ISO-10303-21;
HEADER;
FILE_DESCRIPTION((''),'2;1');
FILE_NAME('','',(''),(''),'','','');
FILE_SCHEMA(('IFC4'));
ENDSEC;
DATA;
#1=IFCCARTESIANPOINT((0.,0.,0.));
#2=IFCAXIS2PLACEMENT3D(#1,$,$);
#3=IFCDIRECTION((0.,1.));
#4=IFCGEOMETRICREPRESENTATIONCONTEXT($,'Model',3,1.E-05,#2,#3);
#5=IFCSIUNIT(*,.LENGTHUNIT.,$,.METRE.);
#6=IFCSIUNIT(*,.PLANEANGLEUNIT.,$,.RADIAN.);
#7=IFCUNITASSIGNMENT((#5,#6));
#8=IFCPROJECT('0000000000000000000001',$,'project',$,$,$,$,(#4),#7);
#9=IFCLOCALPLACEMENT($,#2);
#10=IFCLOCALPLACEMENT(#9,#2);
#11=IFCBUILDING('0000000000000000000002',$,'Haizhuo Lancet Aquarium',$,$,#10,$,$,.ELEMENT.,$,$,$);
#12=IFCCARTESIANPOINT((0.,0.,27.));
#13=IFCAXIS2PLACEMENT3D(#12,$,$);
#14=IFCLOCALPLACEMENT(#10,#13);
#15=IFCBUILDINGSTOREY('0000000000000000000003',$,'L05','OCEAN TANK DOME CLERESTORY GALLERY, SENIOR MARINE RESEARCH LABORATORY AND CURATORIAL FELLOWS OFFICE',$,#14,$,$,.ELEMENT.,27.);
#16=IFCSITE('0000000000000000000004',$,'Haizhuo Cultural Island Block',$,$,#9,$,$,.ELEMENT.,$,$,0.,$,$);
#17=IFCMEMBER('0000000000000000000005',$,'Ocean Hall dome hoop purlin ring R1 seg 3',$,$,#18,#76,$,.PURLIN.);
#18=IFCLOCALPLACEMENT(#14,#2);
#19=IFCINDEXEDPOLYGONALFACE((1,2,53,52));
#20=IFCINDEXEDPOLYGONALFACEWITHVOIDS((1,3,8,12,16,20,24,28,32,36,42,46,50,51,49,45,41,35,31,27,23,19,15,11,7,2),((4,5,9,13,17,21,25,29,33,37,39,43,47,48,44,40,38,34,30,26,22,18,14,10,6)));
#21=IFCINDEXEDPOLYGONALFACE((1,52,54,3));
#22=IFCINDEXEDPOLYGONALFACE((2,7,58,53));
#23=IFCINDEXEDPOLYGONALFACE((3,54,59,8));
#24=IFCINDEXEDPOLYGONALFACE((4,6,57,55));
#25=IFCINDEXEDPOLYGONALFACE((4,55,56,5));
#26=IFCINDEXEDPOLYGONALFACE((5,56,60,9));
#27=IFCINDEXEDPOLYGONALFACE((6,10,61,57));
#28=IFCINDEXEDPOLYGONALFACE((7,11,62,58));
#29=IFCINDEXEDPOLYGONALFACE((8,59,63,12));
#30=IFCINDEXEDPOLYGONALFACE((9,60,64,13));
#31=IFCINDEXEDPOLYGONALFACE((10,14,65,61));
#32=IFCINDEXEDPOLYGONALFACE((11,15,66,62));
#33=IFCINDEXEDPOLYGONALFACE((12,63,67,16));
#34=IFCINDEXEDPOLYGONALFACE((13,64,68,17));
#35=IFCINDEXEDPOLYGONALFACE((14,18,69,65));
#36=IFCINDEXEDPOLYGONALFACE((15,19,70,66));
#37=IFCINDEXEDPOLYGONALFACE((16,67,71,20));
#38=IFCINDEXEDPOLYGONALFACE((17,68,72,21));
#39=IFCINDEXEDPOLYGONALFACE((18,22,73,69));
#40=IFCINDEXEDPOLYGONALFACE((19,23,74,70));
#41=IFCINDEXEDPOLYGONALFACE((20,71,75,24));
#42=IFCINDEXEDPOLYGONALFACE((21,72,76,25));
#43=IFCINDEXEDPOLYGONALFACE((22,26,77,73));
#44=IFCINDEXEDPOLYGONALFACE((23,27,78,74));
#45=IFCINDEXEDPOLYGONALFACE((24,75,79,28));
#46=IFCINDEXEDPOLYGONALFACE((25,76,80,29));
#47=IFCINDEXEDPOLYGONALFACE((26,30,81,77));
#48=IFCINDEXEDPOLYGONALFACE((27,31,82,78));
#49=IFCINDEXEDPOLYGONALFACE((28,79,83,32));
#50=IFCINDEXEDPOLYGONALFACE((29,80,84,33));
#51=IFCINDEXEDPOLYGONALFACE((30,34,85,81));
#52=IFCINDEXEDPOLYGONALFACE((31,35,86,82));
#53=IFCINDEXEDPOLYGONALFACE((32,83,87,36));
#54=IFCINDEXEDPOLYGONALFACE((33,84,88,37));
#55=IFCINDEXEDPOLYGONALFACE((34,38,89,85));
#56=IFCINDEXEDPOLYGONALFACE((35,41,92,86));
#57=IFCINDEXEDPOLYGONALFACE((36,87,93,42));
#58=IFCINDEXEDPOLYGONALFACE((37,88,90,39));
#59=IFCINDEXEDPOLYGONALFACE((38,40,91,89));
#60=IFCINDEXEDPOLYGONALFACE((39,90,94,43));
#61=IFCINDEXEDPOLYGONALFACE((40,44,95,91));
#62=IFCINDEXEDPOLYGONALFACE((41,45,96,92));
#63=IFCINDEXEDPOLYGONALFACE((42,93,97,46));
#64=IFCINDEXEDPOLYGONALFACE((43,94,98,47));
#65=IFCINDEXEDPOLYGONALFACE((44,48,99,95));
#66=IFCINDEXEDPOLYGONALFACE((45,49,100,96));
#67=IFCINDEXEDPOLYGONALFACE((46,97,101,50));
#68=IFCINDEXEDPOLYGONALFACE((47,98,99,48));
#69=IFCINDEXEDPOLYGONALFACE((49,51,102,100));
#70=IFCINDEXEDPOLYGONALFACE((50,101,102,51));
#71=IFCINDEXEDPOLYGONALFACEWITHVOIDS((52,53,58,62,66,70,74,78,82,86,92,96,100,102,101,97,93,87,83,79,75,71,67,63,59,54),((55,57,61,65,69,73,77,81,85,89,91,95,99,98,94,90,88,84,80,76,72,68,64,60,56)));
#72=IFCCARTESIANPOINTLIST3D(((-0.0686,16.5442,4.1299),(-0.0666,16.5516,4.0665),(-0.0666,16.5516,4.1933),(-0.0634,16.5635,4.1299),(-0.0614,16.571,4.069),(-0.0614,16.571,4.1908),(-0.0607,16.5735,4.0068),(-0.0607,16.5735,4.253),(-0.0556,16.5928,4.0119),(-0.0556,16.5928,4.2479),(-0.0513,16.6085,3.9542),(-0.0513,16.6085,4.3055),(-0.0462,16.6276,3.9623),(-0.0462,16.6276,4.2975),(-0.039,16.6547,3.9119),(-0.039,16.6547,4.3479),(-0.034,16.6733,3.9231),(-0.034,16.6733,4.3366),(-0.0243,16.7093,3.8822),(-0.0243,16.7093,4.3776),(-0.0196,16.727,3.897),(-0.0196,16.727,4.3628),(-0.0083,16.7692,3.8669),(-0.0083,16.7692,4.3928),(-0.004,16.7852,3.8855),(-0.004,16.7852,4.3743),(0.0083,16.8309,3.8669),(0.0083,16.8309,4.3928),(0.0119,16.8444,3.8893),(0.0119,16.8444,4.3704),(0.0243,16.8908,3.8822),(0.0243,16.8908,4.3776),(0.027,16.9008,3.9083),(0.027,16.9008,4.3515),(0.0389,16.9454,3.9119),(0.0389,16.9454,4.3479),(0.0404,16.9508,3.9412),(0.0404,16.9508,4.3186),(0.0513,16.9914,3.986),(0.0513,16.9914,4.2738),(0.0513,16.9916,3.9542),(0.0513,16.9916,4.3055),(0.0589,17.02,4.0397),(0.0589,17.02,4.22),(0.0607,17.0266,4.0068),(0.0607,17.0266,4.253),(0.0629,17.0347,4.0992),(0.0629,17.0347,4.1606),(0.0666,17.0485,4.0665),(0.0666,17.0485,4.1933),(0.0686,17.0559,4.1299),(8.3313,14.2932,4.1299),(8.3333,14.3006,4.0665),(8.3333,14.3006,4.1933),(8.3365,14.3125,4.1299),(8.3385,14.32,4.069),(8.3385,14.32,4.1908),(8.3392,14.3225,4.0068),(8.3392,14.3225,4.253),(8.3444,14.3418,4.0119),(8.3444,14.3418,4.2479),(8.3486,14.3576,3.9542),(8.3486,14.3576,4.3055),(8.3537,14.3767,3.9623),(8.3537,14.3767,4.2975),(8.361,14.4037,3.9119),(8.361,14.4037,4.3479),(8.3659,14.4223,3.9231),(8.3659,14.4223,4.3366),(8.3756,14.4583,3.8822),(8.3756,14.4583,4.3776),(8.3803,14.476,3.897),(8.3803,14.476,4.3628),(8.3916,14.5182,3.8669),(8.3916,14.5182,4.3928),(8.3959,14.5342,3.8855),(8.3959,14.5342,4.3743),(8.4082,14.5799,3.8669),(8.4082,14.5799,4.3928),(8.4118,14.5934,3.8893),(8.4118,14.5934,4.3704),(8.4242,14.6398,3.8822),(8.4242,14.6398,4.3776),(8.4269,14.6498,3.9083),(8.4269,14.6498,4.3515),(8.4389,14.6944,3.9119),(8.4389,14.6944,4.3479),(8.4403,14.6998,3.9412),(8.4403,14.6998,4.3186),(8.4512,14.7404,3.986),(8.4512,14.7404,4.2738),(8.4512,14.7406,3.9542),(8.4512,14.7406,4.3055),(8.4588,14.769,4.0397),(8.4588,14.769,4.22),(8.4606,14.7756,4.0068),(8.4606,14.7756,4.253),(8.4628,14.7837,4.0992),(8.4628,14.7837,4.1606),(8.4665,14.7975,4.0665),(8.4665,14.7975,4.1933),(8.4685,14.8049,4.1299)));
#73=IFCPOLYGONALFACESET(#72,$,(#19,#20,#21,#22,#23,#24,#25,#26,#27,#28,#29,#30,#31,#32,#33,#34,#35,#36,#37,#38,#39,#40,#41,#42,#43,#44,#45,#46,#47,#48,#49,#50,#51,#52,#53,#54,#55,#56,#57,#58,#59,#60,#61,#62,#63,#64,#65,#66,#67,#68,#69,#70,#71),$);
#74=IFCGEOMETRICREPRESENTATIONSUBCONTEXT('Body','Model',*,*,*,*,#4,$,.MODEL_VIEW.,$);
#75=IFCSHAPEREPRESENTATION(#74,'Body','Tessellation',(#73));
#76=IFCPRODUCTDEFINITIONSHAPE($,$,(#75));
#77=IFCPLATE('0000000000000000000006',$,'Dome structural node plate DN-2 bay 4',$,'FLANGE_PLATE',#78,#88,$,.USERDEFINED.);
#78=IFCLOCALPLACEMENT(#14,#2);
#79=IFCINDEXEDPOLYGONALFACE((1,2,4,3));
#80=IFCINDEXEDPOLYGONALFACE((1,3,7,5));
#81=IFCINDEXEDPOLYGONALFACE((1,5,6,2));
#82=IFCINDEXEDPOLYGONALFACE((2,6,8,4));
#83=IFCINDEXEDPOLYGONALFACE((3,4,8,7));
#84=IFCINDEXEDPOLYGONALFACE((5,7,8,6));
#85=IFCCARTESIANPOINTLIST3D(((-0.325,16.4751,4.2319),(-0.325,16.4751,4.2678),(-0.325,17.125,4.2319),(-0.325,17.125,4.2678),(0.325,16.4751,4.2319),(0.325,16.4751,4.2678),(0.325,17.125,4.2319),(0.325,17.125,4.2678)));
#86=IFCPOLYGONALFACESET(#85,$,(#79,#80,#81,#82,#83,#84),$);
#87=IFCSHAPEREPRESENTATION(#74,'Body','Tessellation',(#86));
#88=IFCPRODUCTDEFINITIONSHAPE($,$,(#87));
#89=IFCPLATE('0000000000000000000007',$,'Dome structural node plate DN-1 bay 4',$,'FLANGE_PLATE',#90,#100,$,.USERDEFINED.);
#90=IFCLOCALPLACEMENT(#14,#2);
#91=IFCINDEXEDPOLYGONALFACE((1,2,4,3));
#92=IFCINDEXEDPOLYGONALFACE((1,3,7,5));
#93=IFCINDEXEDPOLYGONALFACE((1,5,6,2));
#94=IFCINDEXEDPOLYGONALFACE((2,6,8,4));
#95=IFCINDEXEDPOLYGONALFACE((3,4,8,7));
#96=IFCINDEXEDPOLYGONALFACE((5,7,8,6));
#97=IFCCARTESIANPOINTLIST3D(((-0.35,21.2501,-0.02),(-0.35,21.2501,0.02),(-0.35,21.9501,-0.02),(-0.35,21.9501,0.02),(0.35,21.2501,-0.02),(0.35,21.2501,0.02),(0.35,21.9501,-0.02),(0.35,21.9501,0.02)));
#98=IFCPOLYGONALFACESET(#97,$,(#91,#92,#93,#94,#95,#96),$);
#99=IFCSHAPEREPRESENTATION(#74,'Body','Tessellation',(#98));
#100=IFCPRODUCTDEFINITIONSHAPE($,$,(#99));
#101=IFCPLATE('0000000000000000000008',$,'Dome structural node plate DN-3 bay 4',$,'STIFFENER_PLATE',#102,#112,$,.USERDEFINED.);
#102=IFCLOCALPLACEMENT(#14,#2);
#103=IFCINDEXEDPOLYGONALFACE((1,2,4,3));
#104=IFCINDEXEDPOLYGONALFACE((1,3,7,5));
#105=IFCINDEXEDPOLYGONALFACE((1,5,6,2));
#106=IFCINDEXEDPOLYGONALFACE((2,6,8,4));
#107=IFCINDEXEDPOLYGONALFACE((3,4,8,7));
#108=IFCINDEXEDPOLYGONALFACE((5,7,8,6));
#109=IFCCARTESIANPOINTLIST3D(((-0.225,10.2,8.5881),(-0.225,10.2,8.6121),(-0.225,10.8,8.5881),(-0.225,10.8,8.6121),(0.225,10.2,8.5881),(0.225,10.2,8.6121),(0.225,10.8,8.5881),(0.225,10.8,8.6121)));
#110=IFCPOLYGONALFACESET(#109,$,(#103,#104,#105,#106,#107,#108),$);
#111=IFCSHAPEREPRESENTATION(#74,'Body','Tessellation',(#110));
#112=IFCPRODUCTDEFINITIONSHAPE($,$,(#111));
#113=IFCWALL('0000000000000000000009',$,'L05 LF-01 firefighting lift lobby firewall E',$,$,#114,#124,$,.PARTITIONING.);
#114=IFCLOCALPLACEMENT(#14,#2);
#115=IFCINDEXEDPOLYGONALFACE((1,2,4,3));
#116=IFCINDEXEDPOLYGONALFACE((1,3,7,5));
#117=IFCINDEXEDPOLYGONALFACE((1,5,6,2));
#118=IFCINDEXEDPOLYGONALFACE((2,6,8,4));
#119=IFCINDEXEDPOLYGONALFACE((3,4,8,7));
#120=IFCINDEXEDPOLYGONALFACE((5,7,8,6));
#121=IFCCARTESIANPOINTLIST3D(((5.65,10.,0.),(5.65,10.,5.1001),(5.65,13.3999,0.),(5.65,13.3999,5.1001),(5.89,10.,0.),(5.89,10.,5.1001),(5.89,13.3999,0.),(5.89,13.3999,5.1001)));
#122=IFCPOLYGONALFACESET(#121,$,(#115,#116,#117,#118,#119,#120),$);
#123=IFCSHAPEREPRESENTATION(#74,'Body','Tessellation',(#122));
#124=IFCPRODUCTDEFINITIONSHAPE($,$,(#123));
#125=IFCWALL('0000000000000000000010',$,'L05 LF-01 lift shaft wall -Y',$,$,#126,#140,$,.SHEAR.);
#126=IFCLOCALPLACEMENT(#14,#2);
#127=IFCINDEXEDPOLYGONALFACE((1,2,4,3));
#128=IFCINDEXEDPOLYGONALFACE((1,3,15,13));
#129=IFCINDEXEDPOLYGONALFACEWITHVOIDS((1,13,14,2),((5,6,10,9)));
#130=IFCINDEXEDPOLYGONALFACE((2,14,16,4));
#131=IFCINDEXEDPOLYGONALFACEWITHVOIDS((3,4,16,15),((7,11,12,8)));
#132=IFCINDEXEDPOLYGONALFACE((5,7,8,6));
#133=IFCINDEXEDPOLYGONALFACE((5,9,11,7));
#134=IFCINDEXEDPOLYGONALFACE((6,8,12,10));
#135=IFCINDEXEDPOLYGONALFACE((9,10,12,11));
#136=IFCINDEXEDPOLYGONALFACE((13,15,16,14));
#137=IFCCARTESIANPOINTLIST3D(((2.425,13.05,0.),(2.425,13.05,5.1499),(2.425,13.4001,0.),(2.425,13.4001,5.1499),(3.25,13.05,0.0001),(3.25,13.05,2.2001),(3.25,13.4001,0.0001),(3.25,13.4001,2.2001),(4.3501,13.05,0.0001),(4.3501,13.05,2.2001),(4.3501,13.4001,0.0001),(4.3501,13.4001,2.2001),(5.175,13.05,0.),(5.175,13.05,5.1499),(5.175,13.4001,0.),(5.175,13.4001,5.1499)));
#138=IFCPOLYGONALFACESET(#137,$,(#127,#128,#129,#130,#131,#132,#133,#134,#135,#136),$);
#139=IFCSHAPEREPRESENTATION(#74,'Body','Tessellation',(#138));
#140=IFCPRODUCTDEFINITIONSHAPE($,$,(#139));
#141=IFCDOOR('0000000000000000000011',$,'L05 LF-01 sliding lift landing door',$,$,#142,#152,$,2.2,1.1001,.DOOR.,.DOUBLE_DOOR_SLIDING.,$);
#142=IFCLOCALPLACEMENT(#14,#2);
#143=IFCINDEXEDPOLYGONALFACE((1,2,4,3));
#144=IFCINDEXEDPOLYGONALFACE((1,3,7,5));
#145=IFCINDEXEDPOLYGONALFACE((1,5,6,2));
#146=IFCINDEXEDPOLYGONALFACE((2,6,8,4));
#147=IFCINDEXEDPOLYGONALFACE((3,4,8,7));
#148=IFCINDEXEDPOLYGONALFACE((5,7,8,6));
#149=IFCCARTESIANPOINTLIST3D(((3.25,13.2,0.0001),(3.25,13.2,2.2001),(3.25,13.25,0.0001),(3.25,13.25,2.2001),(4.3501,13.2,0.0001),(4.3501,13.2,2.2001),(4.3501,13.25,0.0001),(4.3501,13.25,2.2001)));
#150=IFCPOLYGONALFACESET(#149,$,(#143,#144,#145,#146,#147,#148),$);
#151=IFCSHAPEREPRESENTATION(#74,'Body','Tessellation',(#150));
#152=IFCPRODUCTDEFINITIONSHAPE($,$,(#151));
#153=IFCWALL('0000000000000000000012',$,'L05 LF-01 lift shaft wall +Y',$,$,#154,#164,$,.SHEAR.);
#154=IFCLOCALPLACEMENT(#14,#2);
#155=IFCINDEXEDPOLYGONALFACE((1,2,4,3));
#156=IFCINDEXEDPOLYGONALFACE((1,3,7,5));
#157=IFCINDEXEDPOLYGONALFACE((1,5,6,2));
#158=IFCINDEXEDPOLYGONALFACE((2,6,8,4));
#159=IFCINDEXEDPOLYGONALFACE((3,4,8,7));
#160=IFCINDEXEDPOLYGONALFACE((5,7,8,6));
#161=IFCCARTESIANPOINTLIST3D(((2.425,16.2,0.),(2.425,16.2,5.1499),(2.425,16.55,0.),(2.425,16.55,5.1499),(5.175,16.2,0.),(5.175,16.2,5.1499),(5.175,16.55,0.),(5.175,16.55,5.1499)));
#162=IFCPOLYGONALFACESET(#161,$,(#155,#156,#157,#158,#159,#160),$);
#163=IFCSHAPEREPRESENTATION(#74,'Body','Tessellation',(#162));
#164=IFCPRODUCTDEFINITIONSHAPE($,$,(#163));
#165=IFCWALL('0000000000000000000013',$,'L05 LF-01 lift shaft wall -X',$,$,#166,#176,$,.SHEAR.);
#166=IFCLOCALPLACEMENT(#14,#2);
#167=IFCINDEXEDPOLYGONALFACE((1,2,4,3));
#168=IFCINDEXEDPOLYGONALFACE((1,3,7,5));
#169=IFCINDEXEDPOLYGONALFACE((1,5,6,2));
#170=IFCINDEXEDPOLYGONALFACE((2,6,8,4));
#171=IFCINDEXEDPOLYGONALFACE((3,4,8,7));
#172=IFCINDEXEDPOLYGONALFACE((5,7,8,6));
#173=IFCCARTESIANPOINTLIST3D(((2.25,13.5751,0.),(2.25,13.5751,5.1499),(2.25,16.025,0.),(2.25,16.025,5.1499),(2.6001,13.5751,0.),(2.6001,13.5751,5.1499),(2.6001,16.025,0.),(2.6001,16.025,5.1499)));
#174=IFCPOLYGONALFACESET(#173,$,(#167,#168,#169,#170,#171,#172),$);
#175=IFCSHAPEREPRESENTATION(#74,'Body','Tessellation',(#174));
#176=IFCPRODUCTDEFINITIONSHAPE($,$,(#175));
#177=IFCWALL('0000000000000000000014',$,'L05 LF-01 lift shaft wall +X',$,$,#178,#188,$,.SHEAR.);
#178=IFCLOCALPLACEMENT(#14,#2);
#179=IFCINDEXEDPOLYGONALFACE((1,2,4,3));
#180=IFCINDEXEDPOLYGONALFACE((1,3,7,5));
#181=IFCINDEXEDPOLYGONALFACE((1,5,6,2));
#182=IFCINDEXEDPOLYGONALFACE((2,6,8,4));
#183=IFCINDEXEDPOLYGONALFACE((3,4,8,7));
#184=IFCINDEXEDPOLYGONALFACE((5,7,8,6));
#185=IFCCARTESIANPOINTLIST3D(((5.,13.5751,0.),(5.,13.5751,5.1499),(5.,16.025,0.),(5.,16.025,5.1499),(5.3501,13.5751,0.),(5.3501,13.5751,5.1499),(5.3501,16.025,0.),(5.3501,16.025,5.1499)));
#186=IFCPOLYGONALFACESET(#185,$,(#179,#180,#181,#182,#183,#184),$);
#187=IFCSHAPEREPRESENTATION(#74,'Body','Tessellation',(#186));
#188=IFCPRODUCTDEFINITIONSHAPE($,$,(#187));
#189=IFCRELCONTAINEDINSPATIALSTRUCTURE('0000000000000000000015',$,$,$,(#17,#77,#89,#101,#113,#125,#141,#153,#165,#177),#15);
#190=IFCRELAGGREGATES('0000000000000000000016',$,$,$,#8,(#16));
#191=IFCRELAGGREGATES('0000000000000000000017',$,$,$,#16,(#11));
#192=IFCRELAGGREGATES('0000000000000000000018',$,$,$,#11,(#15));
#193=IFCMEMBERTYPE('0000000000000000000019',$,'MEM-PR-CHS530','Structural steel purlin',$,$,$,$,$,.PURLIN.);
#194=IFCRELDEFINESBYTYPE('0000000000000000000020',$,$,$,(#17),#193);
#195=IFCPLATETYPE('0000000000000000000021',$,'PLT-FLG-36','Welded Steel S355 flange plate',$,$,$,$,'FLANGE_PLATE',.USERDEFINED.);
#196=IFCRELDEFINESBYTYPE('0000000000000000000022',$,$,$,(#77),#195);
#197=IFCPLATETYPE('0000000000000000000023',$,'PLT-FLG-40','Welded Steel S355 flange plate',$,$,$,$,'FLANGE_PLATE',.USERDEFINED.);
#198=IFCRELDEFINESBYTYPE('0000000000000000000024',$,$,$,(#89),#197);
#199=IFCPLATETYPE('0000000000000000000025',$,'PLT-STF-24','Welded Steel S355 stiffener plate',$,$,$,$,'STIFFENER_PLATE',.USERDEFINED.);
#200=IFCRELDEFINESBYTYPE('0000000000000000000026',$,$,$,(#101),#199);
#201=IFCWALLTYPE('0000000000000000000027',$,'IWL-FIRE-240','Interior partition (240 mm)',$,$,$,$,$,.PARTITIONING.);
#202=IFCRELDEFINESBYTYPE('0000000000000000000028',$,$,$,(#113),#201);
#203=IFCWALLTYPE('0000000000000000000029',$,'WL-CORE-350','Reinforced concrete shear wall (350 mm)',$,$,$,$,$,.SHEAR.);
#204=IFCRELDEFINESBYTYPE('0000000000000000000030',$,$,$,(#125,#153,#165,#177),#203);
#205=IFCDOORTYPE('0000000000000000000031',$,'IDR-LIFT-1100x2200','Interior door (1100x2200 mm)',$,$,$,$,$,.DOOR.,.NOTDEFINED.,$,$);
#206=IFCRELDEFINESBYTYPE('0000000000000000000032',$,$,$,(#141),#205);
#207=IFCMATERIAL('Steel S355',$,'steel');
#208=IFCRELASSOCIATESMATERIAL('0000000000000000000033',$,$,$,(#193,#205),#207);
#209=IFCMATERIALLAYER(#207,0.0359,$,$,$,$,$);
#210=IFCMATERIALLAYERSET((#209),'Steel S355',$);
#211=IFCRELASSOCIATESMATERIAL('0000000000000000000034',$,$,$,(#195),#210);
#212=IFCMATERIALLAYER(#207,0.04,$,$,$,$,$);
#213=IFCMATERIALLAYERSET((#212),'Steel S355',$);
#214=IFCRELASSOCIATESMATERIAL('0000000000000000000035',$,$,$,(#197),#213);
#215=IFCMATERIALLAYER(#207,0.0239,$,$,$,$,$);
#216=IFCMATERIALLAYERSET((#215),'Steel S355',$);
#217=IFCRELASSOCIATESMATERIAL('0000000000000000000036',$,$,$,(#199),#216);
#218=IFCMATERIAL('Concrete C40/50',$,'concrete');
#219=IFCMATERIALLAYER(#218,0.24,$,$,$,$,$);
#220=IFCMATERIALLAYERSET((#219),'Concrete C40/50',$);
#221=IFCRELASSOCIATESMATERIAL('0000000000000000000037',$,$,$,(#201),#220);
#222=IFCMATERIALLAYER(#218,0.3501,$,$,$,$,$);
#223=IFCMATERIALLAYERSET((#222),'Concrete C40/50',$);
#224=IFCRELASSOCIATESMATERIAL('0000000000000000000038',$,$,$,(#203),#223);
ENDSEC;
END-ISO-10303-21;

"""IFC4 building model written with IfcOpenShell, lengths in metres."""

from ifc_helpers import new_model, si_unit, direction, frame, frame_2d, origin, origin_2d, place, context, subcontext, project, spatial, rectangle, hollow_circle, extrude, material, layer, layer_set, material_profile, profile_set, type_object, element, fill, save


model = new_model("IFC4")

# Units and contexts
model_context = context("Model", 3, precision=1e-05, world=origin(), true_north=direction((0.0, 1.0)))
body_context = subcontext(model_context, "Body", "Model", "MODEL_VIEW")
ifc_project = project(units=[si_unit("LENGTHUNIT", "METRE"), si_unit("PLANEANGLEUNIT", "RADIAN")], contexts=[model_context])

# Site, building, storey
site_placement = place(None, origin())
site = spatial("IfcSite", under=ifc_project, at=site_placement, Name="Haizhuo Cultural Island Block", CompositionType="ELEMENT", RefElevation=0.0)
building_placement = place(site_placement, origin())
building = spatial("IfcBuilding", under=site, at=building_placement, Name="Haizhuo Lancet Aquarium", CompositionType="ELEMENT")
storey_placement = place(building_placement, frame((0.0, 0.0, 27.0)))
storey = spatial("IfcBuildingStorey", under=building, at=storey_placement, Name="L05", Description="OCEAN TANK DOME CLERESTORY GALLERY, SENIOR MARINE RESEARCH LABORATORY AND CURATORIAL FELLOWS OFFICE", CompositionType="ELEMENT", Elevation=27.0)

# Member
ifc_material_1 = material(Name="Steel S355", Category="steel")
ifc_material_profile_1 = material_profile(ifc_material_1, hollow_circle(Radius=0.2649, WallThickness=0.02, at=origin_2d()), Name="CHS 530x20")
ifc_profile_set_1 = profile_set([ifc_material_profile_1], Name="Steel S355")
member_type_1 = type_object("IfcMemberType", Name="MEM-PR-CHS530", Description="Structural steel purlin", PredefinedType="PURLIN", material=ifc_profile_set_1)
member_1_placement = place(storey_placement, frame((8.3999, 14.5491, 4.1299), z_axis=(-0.965919, 0.258844, 0.0), x_axis=(-0.258844, -0.965919, 0.0)))
element("IfcMember", 1, at=member_1_placement, inside=storey, type_object=member_type_1, Name="Ocean Hall dome hoop purlin ring R1 seg 3", PredefinedType="PURLIN", context=body_context, shape_type="SweptSolid", body=[
    extrude(hollow_circle(Radius=0.2649, WallThickness=0.02, at=origin_2d()), origin(), (0.0, 0.0, 1.0), 8.6963),
])

# Plates
ifc_layer_1 = layer(ifc_material_1, 0.0359)
ifc_layer_set_1 = layer_set([ifc_layer_1], Name="Steel S355")
plate_type_1 = type_object("IfcPlateType", Name="PLT-FLG-36", Description="Welded Steel S355 flange plate", ElementType="FLANGE_PLATE", PredefinedType="USERDEFINED", material=ifc_layer_set_1)
plate_1_placement = place(storey_placement, frame((0.0, 16.8, 4.2319), z_axis=(0.0, 0.0, 1.0), x_axis=(1.0, 0.0, 0.0)))
element("IfcPlate", 2, at=plate_1_placement, inside=storey, type_object=plate_type_1, Name="Dome structural node plate DN-2 bay 4", ObjectType="FLANGE_PLATE", PredefinedType="USERDEFINED", context=body_context, shape_type="SweptSolid", body=[
    extrude(rectangle(XDim=0.6499, YDim=0.6499, at=origin_2d()), origin(), (0.0, 0.0, 1.0), 0.0359),
])
ifc_layer_2 = layer(ifc_material_1, 0.04)
ifc_layer_set_2 = layer_set([ifc_layer_2], Name="Steel S355")
plate_type_2 = type_object("IfcPlateType", Name="PLT-FLG-40", Description="Welded Steel S355 flange plate", ElementType="FLANGE_PLATE", PredefinedType="USERDEFINED", material=ifc_layer_set_2)
plate_2_placement = place(storey_placement, frame((0.0, 21.6001, -0.02), z_axis=(0.0, 0.0, 1.0), x_axis=(1.0, 0.0, 0.0)))
element("IfcPlate", 3, at=plate_2_placement, inside=storey, type_object=plate_type_2, Name="Dome structural node plate DN-1 bay 4", ObjectType="FLANGE_PLATE", PredefinedType="USERDEFINED", context=body_context, shape_type="SweptSolid", body=[
    extrude(rectangle(XDim=0.7, YDim=0.7, at=origin_2d()), origin(), (0.0, 0.0, 1.0), 0.04),
])
ifc_layer_3 = layer(ifc_material_1, 0.0239)
ifc_layer_set_3 = layer_set([ifc_layer_3], Name="Steel S355")
plate_type_3 = type_object("IfcPlateType", Name="PLT-STF-24", Description="Welded Steel S355 stiffener plate", ElementType="STIFFENER_PLATE", PredefinedType="USERDEFINED", material=ifc_layer_set_3)
plate_3_placement = place(storey_placement, frame((0.0, 10.5, 8.5881), z_axis=(0.0, 0.0, 1.0), x_axis=(0.0, 1.0, 0.0)))
element("IfcPlate", 4, at=plate_3_placement, inside=storey, type_object=plate_type_3, Name="Dome structural node plate DN-3 bay 4", ObjectType="STIFFENER_PLATE", PredefinedType="USERDEFINED", context=body_context, shape_type="SweptSolid", body=[
    extrude(rectangle(XDim=0.6001, YDim=0.45, at=origin_2d()), origin(), (0.0, 0.0, 1.0), 0.0239),
])

# Wall
ifc_material_2 = material(Name="Concrete C40/50", Category="concrete")
ifc_layer_4 = layer(ifc_material_2, 0.24)
ifc_layer_set_4 = layer_set([ifc_layer_4], Name="Concrete C40/50")
wall_type_1 = type_object("IfcWallType", Name="IWL-FIRE-240", Description="Interior partition (240 mm)", PredefinedType="PARTITIONING", material=ifc_layer_set_4)
wall_1_placement = place(storey_placement, frame((5.77, 10.0, 0.0), z_axis=(0.0, 0.0, 1.0), x_axis=(0.0, 1.0, 0.0)))
element("IfcWall", 5, at=wall_1_placement, inside=storey, type_object=wall_type_1, Name="L05 LF-01 firefighting lift lobby firewall E", PredefinedType="PARTITIONING", context=body_context, shape_type="SweptSolid", body=[
    extrude(rectangle(XDim=3.3999, YDim=0.24, at=frame_2d((1.7, 0.0))), origin(), (0.0, 0.0, 1.0), 5.1001),
])

# Wall, opening, door
ifc_layer_5 = layer(ifc_material_2, 0.3501)
ifc_layer_set_5 = layer_set([ifc_layer_5], Name="Concrete C40/50")
wall_type_2 = type_object("IfcWallType", Name="WL-CORE-350", Description="Reinforced concrete shear wall (350 mm)", PredefinedType="SHEAR", material=ifc_layer_set_5)
wall_2_placement = place(storey_placement, frame((2.425, 13.2251, 0.0), z_axis=(0.0, 0.0, 1.0), x_axis=(1.0, 0.0, 0.0)))
wall_2 = element("IfcWall", 6, at=wall_2_placement, inside=storey, type_object=wall_type_2, Name="L05 LF-01 lift shaft wall -Y", PredefinedType="SHEAR", context=body_context, shape_type="SweptSolid", body=[
    extrude(rectangle(XDim=2.75, YDim=0.3501, at=frame_2d((1.375, 0.0))), origin(), (0.0, 0.0, 1.0), 5.1499),
])
opening_placement = place(wall_2_placement, frame((0.825, 0.0, 0.0)))
opening = element("IfcOpeningElement", 7, at=opening_placement, cuts=wall_2, PredefinedType="OPENING", context=body_context, shape_type="SweptSolid", body=[
    extrude(rectangle(XDim=1.1001, YDim=2.2, at=frame_2d((0.55, 1.1001))), frame((0.0, 0.1851, 0.0), z_axis=(0.0, -1.0, 0.0), x_axis=(1.0, 0.0, 0.0)), (0.0, 0.0, 1.0), 0.3701),
])
door_type = type_object("IfcDoorType", Name="IDR-LIFT-1100x2200", Description="Interior door (1100x2200 mm)", OperationType="NOTDEFINED", PredefinedType="DOOR", material=ifc_material_1)
door_placement = place(opening_placement, origin())
door = element("IfcDoor", 8, at=door_placement, inside=storey, type_object=door_type, Name="L05 LF-01 sliding lift landing door", OperationType="DOUBLE_DOOR_SLIDING", OverallHeight=2.2, OverallWidth=1.1001, PredefinedType="DOOR", context=body_context, shape_type="SweptSolid", body=[
    extrude(rectangle(XDim=1.1001, YDim=2.2, at=frame_2d((0.55, 1.1001))), frame((0.0, 0.0249, 0.0), z_axis=(0.0, -1.0, 0.0), x_axis=(1.0, 0.0, 0.0)), (0.0, 0.0, 1.0), 0.05),
])
fill(opening, door)

# Walls
wall_3_placement = place(storey_placement, frame((5.175, 16.375, 0.0), z_axis=(0.0, 0.0, 1.0), x_axis=(-1.0, 0.0, 0.0)))
element("IfcWall", 9, at=wall_3_placement, inside=storey, type_object=wall_type_2, Name="L05 LF-01 lift shaft wall +Y", PredefinedType="SHEAR", context=body_context, shape_type="SweptSolid", body=[
    extrude(rectangle(XDim=2.75, YDim=0.3501, at=frame_2d((1.375, 0.0))), origin(), (0.0, 0.0, 1.0), 5.1499),
])
for number, where, z_axis, x_axis, name in (
    (10, (2.425, 13.575, 0.0), (0.0, 0.0, 1.0), (0.0, 1.0, 0.0), "L05 LF-01 lift shaft wall -X"),
    (11, (5.175, 13.575, 0.0), (0.0, 0.0, 1.0), (0.0, 1.0, 0.0), "L05 LF-01 lift shaft wall +X"),
):
    element("IfcWall", number, at=place(storey_placement, frame(where, z_axis=z_axis, x_axis=x_axis)), inside=storey, type_object=wall_type_2, Name=name, PredefinedType="SHEAR", context=body_context, shape_type="SweptSolid", body=[
        extrude(rectangle(XDim=2.45, YDim=0.3501, at=frame_2d((1.2251, 0.0))), origin(), (0.0, 0.0, 1.0), 5.1499),
    ])

save(model, "model.ifc")
